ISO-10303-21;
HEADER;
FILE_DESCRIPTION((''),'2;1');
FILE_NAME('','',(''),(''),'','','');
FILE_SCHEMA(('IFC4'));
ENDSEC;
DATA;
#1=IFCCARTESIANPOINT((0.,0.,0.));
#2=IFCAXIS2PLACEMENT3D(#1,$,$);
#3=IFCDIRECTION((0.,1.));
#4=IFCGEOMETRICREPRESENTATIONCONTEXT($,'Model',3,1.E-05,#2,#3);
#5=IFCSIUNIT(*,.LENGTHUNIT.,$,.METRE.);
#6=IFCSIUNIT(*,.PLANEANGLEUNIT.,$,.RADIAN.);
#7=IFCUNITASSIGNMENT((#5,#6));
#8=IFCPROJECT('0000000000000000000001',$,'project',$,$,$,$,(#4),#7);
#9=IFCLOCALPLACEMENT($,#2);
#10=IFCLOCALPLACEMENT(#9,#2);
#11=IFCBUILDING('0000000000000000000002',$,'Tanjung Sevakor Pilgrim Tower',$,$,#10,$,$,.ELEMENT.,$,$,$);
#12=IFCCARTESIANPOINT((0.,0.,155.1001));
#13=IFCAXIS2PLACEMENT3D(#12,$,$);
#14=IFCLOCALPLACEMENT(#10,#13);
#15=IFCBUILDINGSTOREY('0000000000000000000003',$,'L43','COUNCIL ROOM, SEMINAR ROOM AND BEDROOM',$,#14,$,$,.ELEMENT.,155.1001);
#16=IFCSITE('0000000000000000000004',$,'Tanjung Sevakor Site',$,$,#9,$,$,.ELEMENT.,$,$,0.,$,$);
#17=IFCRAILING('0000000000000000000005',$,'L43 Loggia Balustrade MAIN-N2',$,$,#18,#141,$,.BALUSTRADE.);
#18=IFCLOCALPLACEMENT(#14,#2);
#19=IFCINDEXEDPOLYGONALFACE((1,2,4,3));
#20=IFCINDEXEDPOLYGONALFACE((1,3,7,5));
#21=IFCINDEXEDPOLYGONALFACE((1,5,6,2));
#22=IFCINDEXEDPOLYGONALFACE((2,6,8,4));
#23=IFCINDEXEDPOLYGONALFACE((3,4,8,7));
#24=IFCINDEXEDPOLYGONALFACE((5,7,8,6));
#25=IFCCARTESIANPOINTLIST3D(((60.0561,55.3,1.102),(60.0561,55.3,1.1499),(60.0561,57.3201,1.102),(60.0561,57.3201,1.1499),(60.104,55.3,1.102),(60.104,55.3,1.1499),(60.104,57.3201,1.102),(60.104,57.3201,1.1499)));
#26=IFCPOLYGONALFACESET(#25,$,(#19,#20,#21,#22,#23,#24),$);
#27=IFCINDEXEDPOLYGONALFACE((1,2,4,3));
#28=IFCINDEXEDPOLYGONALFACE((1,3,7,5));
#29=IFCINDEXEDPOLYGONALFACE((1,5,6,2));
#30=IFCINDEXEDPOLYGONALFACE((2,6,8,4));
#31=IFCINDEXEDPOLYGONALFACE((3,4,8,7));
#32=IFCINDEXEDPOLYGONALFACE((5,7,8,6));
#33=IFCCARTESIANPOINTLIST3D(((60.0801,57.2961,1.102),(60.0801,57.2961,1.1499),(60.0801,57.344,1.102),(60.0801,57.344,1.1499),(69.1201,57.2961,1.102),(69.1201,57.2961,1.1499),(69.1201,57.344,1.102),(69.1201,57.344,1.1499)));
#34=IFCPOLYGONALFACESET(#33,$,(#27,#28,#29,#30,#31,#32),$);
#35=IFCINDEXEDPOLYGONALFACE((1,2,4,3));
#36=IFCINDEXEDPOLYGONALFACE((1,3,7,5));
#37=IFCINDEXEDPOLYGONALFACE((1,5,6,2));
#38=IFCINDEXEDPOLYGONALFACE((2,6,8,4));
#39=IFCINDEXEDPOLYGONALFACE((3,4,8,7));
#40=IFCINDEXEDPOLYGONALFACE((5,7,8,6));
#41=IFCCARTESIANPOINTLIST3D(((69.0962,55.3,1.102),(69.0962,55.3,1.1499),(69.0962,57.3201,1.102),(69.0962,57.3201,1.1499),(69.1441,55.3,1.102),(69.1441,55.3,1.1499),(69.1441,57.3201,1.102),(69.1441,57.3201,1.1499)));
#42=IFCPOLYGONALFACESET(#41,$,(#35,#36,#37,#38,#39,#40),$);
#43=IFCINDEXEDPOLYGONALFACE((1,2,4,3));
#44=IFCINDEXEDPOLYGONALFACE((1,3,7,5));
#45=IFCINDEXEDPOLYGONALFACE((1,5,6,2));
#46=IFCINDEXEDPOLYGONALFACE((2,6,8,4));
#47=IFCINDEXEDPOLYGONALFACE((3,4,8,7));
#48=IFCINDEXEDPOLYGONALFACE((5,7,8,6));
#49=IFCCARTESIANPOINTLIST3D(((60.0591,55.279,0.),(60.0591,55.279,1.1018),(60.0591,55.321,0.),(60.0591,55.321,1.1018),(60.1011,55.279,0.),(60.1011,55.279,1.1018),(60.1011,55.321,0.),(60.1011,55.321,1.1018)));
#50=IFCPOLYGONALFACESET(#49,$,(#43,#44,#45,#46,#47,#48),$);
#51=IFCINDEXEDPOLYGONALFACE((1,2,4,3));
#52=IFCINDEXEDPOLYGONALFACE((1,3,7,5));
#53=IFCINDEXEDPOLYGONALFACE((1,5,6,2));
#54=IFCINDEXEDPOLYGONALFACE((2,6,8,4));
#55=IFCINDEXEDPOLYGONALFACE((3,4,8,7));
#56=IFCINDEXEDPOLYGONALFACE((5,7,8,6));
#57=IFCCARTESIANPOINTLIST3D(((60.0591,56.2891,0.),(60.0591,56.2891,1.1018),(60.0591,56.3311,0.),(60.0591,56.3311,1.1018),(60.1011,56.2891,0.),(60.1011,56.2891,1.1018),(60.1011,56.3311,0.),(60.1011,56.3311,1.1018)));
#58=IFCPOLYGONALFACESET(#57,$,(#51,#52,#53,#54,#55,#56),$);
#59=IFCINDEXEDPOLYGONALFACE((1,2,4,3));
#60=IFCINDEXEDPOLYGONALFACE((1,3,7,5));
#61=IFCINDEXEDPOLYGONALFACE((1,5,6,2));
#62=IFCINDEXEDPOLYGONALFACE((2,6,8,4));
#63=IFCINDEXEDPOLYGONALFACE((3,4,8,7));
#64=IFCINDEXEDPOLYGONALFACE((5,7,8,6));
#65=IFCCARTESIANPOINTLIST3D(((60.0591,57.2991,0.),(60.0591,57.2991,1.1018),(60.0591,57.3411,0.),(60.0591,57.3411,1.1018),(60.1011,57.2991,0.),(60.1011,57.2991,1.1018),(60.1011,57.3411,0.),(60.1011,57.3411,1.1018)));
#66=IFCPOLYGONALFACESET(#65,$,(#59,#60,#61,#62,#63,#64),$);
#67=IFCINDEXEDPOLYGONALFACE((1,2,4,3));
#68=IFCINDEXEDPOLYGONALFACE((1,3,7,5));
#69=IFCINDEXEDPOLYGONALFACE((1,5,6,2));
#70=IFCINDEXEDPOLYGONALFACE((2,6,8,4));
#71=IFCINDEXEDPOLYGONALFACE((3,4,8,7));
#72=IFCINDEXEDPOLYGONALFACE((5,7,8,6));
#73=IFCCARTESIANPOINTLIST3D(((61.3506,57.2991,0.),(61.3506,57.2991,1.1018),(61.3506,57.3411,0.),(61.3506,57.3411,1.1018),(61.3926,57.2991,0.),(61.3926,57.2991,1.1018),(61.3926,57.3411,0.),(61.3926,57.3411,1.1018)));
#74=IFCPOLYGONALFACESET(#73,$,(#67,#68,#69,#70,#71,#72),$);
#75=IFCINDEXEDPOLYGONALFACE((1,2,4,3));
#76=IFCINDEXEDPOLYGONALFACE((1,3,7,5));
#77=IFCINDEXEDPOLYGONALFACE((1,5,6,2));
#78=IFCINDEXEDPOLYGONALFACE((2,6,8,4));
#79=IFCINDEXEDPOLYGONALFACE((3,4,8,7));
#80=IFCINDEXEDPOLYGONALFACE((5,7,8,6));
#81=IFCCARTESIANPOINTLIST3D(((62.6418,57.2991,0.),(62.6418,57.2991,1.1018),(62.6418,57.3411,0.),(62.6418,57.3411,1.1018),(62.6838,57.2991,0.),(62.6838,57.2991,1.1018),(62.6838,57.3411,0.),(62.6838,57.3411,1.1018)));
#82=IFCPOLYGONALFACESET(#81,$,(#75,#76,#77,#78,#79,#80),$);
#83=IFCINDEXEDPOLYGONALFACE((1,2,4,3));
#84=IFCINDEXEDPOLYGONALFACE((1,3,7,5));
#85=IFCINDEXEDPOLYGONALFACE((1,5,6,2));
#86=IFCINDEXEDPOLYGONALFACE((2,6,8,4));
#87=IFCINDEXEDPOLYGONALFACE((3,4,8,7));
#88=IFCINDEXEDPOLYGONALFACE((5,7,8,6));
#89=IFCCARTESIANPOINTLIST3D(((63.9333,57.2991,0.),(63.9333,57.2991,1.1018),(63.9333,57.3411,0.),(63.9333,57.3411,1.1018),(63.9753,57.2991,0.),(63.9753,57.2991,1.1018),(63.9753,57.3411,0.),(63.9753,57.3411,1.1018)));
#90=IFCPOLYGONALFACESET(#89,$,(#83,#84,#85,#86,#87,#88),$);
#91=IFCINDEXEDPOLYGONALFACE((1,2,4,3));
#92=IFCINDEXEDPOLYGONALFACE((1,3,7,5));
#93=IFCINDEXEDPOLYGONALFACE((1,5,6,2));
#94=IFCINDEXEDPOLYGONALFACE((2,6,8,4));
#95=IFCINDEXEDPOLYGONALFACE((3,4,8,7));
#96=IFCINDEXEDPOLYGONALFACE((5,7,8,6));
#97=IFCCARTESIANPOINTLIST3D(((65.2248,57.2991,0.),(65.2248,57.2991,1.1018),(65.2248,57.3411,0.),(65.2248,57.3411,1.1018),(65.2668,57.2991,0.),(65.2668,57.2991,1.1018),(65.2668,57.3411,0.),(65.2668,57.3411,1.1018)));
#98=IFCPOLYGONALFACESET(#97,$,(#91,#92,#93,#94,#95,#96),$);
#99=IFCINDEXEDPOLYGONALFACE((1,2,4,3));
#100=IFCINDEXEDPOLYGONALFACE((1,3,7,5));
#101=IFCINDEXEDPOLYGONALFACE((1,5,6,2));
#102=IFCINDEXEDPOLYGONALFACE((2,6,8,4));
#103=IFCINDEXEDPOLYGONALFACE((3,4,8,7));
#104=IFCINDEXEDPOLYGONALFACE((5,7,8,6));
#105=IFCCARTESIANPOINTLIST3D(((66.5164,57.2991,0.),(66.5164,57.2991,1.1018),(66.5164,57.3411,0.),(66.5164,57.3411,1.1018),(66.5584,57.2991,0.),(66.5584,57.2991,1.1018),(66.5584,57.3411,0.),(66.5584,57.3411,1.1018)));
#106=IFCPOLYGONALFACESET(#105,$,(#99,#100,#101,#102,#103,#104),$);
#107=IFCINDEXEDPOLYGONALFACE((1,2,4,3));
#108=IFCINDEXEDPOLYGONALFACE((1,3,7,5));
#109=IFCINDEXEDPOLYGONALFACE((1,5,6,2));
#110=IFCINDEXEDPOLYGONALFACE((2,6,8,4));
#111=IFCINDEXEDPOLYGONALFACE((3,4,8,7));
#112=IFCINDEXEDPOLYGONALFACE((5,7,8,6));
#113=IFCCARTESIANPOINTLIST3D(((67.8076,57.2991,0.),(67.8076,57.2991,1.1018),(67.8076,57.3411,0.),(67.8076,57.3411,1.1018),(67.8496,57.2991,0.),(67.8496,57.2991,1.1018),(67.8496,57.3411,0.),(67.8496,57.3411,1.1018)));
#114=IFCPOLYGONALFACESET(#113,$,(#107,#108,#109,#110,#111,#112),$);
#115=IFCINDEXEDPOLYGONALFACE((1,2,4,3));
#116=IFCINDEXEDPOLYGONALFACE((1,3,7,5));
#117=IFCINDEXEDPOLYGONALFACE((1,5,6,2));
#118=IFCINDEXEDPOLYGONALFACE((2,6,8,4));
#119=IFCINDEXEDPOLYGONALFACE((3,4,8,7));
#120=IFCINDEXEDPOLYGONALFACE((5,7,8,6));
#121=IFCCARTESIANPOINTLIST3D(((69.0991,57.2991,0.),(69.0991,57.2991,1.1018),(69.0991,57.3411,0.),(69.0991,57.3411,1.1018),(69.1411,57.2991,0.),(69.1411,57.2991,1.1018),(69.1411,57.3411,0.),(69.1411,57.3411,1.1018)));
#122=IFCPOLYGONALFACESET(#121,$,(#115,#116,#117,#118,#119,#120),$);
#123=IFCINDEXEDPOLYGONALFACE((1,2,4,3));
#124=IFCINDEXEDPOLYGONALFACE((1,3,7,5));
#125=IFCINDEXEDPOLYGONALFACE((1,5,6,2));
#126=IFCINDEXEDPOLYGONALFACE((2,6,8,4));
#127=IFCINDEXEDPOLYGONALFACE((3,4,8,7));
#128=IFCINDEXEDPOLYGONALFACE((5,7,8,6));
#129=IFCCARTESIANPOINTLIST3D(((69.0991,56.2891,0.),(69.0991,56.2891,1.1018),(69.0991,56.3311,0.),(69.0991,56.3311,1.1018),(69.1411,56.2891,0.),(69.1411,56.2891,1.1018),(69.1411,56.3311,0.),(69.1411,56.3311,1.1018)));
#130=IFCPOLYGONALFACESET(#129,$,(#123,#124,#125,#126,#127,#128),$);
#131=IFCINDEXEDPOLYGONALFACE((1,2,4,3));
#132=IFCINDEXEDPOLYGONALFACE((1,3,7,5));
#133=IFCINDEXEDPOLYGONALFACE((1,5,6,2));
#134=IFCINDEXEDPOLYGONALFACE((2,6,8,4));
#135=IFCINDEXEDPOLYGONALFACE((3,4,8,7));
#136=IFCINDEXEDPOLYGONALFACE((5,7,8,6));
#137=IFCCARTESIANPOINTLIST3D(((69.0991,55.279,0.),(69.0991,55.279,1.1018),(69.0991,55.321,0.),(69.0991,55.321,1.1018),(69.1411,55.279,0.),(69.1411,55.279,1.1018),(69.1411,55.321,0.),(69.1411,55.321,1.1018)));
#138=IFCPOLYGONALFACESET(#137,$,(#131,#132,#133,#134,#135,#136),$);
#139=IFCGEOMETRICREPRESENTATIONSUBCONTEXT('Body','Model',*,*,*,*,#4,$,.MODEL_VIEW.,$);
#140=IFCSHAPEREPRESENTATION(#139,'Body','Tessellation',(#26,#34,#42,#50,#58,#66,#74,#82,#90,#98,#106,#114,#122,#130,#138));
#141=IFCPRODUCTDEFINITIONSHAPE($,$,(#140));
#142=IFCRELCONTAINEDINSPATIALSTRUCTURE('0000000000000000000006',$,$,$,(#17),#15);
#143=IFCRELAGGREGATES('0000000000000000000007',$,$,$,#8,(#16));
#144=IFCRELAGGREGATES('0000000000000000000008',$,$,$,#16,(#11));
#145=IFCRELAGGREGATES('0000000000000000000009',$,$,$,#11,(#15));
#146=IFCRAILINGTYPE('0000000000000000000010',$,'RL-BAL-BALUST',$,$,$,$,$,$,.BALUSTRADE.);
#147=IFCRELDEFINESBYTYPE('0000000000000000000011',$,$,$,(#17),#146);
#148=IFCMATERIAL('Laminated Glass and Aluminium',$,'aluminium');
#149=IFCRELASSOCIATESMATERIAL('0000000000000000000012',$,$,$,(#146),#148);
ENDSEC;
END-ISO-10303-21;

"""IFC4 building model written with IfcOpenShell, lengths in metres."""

from ifc_helpers import new_model, si_unit, direction, frame, origin, place, context, subcontext, project, spatial, rectangle, extrude, material, type_object, element, save


model = new_model("IFC4")

# Units and contexts
model_context = context("Model", 3, precision=1e-05, world=origin(), true_north=direction((0.0, 1.0)))
body_context = subcontext(model_context, "Body", "Model", "MODEL_VIEW")
ifc_project = project(units=[si_unit("LENGTHUNIT", "METRE"), si_unit("PLANEANGLEUNIT", "RADIAN")], contexts=[model_context])

# Site, building, storey
site_placement = place(None, origin())
site = spatial("IfcSite", under=ifc_project, at=site_placement, Name="Tanjung Sevakor Site", CompositionType="ELEMENT", RefElevation=0.0)
building_placement = place(site_placement, origin())
building = spatial("IfcBuilding", under=site, at=building_placement, Name="Tanjung Sevakor Pilgrim Tower", CompositionType="ELEMENT")
storey_placement = place(building_placement, frame((0.0, 0.0, 155.1001)))
storey = spatial("IfcBuildingStorey", under=building, at=storey_placement, Name="L43", Description="COUNCIL ROOM, SEMINAR ROOM AND BEDROOM", CompositionType="ELEMENT", Elevation=155.1001)

# Railing
ifc_material_1 = material(Name="Laminated Glass and Aluminium", Category="aluminium")
railing_type_1 = type_object("IfcRailingType", Name="RL-BAL-BALUST", PredefinedType="BALUSTRADE", material=ifc_material_1)
railing_1_placement = place(storey_placement, frame((60.0801, 55.3, 0.0)))
element("IfcRailing", 1, at=railing_1_placement, inside=storey, type_object=railing_type_1, Name="L43 Loggia Balustrade MAIN-N2", PredefinedType="BALUSTRADE", context=body_context, shape_type="SweptSolid", body=[
    extrude(rectangle(XDim=0.0479, YDim=0.0479), frame((0.0, 0.0, 1.126), z_axis=(0.0, 1.0, 0.0), x_axis=(-1.0, 0.0, 0.0)), (0.0, 0.0, 1.0), 2.02),
    extrude(rectangle(XDim=0.0479, YDim=0.0479), frame((0.0, 2.02, 1.126), z_axis=(1.0, 0.0, 0.0), x_axis=(0.0, 1.0, 0.0)), (0.0, 0.0, 1.0), 9.04),
    extrude(rectangle(XDim=0.0479, YDim=0.0479), frame((9.04, 2.02, 1.126), z_axis=(0.0, -1.0, 0.0), x_axis=(1.0, 0.0, 0.0)), (0.0, 0.0, 1.0), 2.02),
    extrude(rectangle(XDim=0.042, YDim=0.042), origin(), (0.0, 0.0, 1.0), 1.1018),
    extrude(rectangle(XDim=0.042, YDim=0.042), frame((0.0, 1.01, 0.0)), (0.0, 0.0, 1.0), 1.1018),
    extrude(rectangle(XDim=0.042, YDim=0.042), frame((0.0, 2.02, 0.0)), (0.0, 0.0, 1.0), 1.1018),
    extrude(rectangle(XDim=0.042, YDim=0.042), frame((1.2915, 2.02, 0.0)), (0.0, 0.0, 1.0), 1.1018),
    extrude(rectangle(XDim=0.042, YDim=0.042), frame((2.5828, 2.02, 0.0)), (0.0, 0.0, 1.0), 1.1018),
    extrude(rectangle(XDim=0.042, YDim=0.042), frame((3.8743, 2.02, 0.0)), (0.0, 0.0, 1.0), 1.1018),
    extrude(rectangle(XDim=0.042, YDim=0.042), frame((5.1658, 2.02, 0.0)), (0.0, 0.0, 1.0), 1.1018),
    extrude(rectangle(XDim=0.042, YDim=0.042), frame((6.4573, 2.02, 0.0)), (0.0, 0.0, 1.0), 1.1018),
    extrude(rectangle(XDim=0.042, YDim=0.042), frame((7.7485, 2.02, 0.0)), (0.0, 0.0, 1.0), 1.1018),
    extrude(rectangle(XDim=0.042, YDim=0.042), frame((9.04, 2.02, 0.0)), (0.0, 0.0, 1.0), 1.1018),
    extrude(rectangle(XDim=0.042, YDim=0.042), frame((9.04, 1.01, 0.0)), (0.0, 0.0, 1.0), 1.1018),
    extrude(rectangle(XDim=0.042, YDim=0.042), frame((9.04, 0.0, 0.0)), (0.0, 0.0, 1.0), 1.1018),
])

save(model, "model.ifc")
